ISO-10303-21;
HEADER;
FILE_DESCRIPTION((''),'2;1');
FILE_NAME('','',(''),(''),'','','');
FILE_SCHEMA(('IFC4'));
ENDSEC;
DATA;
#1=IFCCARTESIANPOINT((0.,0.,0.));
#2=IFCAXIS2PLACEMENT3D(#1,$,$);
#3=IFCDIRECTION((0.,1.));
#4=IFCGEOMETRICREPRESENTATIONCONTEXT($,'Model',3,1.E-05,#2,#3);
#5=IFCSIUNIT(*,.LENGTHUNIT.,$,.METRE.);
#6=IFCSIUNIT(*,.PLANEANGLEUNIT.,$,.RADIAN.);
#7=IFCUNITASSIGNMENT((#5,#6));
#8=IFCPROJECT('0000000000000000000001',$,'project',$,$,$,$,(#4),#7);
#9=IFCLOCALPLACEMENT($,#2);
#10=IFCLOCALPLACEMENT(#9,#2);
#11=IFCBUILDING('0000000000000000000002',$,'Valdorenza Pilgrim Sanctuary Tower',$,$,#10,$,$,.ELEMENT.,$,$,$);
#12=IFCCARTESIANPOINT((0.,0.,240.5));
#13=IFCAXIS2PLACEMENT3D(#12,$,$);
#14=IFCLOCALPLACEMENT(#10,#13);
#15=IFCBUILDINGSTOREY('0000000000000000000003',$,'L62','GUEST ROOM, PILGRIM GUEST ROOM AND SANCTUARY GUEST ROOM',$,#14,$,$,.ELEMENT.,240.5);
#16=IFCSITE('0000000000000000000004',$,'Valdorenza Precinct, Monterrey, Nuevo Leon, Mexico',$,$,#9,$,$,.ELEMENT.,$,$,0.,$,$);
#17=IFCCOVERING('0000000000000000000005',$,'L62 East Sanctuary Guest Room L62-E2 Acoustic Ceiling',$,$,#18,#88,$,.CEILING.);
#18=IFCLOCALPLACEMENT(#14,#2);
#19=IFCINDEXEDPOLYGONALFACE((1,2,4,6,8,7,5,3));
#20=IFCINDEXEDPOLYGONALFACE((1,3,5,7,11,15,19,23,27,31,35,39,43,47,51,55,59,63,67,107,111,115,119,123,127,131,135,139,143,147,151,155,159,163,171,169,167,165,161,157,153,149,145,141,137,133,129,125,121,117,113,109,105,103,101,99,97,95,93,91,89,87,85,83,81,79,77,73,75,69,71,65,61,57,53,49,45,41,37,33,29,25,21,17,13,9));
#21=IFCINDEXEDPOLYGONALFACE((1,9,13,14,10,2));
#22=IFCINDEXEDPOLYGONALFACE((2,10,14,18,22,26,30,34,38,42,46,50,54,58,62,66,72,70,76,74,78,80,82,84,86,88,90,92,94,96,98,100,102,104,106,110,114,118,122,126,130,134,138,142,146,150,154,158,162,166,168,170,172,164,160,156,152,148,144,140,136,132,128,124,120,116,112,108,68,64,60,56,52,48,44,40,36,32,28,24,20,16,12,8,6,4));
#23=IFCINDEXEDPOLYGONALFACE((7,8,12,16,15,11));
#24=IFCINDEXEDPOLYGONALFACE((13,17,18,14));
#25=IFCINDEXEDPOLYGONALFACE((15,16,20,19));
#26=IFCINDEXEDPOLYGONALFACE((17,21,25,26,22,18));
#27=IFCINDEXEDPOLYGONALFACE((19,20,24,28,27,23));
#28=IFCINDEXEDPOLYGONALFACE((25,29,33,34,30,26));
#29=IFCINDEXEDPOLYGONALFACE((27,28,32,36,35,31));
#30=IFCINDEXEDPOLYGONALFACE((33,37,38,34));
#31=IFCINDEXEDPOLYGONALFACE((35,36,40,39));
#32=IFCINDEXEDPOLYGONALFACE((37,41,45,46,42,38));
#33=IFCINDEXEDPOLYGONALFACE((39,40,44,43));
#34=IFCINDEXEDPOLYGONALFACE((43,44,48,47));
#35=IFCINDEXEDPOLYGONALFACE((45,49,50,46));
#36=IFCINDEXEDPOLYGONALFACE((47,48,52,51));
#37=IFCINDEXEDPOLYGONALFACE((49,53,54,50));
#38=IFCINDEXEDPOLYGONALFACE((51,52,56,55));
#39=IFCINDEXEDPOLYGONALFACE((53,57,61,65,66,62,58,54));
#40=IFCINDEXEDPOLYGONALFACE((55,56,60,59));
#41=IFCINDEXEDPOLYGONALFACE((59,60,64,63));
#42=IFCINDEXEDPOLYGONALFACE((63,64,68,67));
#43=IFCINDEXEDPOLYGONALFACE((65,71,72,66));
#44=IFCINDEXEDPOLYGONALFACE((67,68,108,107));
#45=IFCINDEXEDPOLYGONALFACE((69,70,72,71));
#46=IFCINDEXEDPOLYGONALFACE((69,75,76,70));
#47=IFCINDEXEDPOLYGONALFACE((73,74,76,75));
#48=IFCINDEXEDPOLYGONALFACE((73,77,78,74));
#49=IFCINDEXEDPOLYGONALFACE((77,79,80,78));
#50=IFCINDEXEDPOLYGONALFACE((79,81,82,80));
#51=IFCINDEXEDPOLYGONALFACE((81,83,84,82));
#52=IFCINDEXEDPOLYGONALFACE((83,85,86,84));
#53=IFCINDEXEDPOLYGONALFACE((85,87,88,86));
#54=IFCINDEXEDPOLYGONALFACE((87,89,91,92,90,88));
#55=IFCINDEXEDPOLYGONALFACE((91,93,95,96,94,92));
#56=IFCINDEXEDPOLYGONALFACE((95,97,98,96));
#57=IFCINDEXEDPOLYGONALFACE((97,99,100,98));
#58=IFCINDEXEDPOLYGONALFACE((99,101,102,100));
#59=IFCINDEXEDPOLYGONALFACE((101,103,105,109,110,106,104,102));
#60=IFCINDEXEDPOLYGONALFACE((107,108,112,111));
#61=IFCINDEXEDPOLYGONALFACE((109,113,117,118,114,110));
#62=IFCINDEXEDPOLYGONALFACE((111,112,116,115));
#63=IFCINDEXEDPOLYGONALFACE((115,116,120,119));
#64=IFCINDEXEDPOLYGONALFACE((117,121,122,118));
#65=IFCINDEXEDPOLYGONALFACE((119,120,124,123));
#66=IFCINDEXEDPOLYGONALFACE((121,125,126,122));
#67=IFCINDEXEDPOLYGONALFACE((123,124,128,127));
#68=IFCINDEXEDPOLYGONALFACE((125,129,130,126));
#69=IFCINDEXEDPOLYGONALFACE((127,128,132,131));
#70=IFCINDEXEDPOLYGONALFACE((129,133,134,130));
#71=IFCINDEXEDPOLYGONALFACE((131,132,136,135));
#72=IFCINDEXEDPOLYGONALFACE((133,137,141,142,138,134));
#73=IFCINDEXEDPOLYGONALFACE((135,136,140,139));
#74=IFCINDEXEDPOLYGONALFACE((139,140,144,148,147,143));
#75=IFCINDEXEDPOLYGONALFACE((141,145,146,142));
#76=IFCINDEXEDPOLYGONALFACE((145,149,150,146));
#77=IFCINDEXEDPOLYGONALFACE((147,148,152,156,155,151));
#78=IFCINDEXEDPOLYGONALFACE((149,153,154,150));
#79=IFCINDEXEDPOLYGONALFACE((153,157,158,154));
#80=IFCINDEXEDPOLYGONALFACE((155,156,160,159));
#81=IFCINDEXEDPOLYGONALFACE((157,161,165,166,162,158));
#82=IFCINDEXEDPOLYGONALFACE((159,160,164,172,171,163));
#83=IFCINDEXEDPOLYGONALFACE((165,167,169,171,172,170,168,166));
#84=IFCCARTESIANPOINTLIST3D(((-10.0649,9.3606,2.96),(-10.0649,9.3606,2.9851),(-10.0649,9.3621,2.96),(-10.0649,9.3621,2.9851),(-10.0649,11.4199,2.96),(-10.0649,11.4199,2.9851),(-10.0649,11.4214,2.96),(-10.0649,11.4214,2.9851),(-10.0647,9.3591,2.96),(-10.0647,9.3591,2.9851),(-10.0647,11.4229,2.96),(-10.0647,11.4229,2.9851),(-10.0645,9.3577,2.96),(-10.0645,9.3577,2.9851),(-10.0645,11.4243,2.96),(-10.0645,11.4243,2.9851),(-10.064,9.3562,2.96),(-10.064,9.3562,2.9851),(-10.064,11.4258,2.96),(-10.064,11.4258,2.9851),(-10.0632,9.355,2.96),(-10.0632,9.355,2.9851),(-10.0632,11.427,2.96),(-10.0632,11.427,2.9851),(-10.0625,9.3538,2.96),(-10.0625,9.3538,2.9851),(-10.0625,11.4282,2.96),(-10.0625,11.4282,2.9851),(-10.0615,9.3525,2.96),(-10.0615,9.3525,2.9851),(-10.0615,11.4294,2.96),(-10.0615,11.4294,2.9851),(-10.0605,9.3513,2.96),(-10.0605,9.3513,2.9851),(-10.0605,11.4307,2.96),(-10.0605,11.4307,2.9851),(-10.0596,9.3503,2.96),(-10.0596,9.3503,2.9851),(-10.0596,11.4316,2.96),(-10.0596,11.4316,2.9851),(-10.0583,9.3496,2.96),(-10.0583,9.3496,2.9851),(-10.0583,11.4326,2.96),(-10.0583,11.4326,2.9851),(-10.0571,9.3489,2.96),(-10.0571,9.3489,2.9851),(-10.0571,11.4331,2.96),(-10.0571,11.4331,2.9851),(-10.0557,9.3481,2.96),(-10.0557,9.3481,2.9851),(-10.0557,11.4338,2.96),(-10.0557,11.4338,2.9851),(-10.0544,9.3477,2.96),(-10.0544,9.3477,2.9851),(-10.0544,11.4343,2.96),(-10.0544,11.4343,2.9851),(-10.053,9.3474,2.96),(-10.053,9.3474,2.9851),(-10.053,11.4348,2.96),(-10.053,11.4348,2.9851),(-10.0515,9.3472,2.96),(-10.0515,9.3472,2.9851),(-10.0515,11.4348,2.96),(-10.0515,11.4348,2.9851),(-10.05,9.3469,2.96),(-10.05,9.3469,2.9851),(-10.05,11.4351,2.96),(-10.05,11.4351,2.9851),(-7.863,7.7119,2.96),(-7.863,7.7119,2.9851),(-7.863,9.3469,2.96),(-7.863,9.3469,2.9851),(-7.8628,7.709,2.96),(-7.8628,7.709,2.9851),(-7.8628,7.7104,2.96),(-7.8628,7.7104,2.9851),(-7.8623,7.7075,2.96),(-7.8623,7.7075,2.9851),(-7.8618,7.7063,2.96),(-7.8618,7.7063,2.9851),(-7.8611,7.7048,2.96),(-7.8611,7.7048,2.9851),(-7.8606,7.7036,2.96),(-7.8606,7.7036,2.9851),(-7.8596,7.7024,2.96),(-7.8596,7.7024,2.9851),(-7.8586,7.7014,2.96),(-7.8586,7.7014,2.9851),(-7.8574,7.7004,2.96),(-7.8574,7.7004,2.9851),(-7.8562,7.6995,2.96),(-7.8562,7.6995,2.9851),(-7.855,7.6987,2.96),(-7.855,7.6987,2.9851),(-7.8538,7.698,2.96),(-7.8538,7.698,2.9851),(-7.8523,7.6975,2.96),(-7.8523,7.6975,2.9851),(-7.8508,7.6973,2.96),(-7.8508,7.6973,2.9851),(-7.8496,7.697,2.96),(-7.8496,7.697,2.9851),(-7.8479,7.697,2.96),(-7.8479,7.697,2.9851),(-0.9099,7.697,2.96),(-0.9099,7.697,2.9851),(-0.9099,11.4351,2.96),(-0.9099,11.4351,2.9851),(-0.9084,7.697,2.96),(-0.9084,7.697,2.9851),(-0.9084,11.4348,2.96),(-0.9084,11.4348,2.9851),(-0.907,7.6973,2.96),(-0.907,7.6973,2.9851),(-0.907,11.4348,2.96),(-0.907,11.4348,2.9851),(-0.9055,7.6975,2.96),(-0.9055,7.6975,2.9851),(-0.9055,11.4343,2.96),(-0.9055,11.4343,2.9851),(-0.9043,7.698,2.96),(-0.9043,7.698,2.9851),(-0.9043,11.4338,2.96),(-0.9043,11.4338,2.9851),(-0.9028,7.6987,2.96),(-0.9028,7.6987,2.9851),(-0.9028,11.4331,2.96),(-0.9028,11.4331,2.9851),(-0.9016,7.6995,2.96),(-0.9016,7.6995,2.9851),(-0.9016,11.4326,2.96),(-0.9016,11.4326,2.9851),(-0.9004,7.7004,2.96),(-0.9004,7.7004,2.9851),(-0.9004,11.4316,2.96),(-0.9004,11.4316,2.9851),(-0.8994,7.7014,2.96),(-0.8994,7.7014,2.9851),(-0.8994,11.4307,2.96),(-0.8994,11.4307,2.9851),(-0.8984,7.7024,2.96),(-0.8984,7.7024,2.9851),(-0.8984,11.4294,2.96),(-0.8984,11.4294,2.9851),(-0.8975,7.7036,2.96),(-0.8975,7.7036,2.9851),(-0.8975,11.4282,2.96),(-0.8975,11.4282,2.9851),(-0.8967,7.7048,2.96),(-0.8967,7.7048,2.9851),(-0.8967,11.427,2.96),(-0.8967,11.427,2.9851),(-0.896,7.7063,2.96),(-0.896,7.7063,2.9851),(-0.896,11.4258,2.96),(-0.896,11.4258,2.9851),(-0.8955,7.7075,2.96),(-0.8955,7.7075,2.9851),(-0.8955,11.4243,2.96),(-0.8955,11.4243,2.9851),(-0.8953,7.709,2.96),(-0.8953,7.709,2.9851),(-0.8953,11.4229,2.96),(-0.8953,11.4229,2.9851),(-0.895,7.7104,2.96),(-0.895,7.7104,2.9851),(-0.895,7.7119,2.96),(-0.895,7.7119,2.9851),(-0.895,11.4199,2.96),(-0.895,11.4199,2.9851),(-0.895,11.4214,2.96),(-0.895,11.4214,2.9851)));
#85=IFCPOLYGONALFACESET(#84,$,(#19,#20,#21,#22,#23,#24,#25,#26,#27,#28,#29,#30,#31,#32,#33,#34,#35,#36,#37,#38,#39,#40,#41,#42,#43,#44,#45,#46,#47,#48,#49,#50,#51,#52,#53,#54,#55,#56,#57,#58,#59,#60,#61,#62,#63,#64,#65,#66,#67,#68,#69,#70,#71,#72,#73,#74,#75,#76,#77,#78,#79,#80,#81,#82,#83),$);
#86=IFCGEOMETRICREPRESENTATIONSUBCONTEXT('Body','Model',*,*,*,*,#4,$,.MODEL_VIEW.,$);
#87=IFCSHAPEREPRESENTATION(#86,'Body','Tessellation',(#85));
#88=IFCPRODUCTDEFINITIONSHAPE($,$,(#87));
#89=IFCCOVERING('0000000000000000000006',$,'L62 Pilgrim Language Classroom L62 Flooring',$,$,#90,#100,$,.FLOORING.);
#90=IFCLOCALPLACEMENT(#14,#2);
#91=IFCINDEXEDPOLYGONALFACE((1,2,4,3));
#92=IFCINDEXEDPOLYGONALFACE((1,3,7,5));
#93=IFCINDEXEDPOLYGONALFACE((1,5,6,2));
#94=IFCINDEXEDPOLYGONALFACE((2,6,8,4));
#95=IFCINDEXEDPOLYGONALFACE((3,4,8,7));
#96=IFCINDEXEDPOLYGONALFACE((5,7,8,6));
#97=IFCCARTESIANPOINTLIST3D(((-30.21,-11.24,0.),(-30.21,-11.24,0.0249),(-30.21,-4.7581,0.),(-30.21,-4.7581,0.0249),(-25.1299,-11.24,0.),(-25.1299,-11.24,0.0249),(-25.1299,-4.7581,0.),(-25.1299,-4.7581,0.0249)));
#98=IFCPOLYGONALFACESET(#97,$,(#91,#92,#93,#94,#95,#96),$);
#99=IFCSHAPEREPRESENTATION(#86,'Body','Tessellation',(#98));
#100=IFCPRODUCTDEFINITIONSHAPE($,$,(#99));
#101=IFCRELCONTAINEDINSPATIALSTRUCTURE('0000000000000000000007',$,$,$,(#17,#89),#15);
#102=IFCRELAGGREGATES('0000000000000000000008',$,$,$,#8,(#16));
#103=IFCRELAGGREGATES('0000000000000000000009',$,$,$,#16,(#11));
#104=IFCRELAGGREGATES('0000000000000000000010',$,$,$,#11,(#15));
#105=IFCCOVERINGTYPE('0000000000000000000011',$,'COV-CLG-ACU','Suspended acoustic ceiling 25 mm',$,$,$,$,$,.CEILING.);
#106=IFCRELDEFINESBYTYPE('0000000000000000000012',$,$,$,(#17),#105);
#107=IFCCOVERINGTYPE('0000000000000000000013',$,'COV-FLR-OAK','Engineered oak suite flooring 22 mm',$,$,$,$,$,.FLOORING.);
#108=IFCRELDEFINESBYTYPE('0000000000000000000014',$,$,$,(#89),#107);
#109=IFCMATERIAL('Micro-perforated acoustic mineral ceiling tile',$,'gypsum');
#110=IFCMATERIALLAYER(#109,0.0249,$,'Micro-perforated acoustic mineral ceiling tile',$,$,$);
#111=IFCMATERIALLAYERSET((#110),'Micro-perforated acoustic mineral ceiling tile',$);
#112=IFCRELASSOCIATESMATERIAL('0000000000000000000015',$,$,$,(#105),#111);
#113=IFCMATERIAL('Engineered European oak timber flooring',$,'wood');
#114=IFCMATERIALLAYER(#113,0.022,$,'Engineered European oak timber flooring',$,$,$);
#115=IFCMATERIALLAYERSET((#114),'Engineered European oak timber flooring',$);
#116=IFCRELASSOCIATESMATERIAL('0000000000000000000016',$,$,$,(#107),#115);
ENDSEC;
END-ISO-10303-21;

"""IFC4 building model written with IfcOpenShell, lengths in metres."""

from ifc_helpers import new_model, si_unit, direction, frame, origin, place, context, subcontext, project, spatial, polyline, outline, extrude, material, layer, layer_set, type_object, element, save


model = new_model("IFC4")

# Units and contexts
model_context = context("Model", 3, precision=1e-05, world=origin(), true_north=direction((0.0, 1.0)))
body_context = subcontext(model_context, "Body", "Model", "MODEL_VIEW")
ifc_project = project(units=[si_unit("LENGTHUNIT", "METRE"), si_unit("PLANEANGLEUNIT", "RADIAN")], contexts=[model_context])

# Site, building, storey
site_placement = place(None, origin())
site = spatial("IfcSite", under=ifc_project, at=site_placement, Name="Valdorenza Precinct, Monterrey, Nuevo Leon, Mexico", CompositionType="ELEMENT", RefElevation=0.0)
building_placement = place(site_placement, origin())
building = spatial("IfcBuilding", under=site, at=building_placement, Name="Valdorenza Pilgrim Sanctuary Tower", CompositionType="ELEMENT")
storey_placement = place(building_placement, frame((0.0, 0.0, 240.5)))
storey = spatial("IfcBuildingStorey", under=building, at=storey_placement, Name="L62", Description="GUEST ROOM, PILGRIM GUEST ROOM AND SANCTUARY GUEST ROOM", CompositionType="ELEMENT", Elevation=240.5)

# Coverings
ifc_material_1 = material(Name="Micro-perforated acoustic mineral ceiling tile", Category="gypsum")
ifc_layer_1 = layer(ifc_material_1, 0.0249, Name="Micro-perforated acoustic mineral ceiling tile")
ifc_layer_set_1 = layer_set([ifc_layer_1], Name="Micro-perforated acoustic mineral ceiling tile")
covering_type_1 = type_object("IfcCoveringType", Name="COV-CLG-ACU", Description="Suspended acoustic ceiling 25 mm", PredefinedType="CEILING", material=ifc_layer_set_1)
covering_1_placement = place(storey_placement, frame((0.0, 0.0, 2.96)))
element("IfcCovering", 1, at=covering_1_placement, inside=storey, type_object=covering_type_1, Name="L62 East Sanctuary Guest Room L62-E2 Acoustic Ceiling", PredefinedType="CEILING", context=body_context, shape_type="SweptSolid", body=[
    extrude(outline(polyline([(-7.863, 9.3469), (-10.05, 9.3469), (-10.0515, 9.3472), (-10.053, 9.3474), (-10.0544, 9.3477), (-10.0557, 9.3481), (-10.0571, 9.3489), (-10.0583, 9.3496), (-10.0596, 9.3503), (-10.0605, 9.3513), (-10.0615, 9.3525), (-10.0625, 9.3538), (-10.0632, 9.355), (-10.064, 9.3562), (-10.0645, 9.3577), (-10.0647, 9.3591), (-10.0649, 9.3606), (-10.0649, 9.3621), (-10.0649, 11.4199), (-10.0649, 11.4214), (-10.0647, 11.4229), (-10.0645, 11.4243), (-10.064, 11.4258), (-10.0632, 11.427), (-10.0625, 11.4282), (-10.0615, 11.4294), (-10.0605, 11.4307), (-10.0596, 11.4316), (-10.0583, 11.4326), (-10.0571, 11.4331), (-10.0557, 11.4338), (-10.0544, 11.4343), (-10.053, 11.4348), (-10.0515, 11.4348), (-10.05, 11.4351), (-0.9099, 11.4351), (-0.9084, 11.4348), (-0.907, 11.4348), (-0.9055, 11.4343), (-0.9043, 11.4338), (-0.9028, 11.4331), (-0.9016, 11.4326), (-0.9004, 11.4316), (-0.8994, 11.4307), (-0.8984, 11.4294), (-0.8975, 11.4282), (-0.8967, 11.427), (-0.896, 11.4258), (-0.8955, 11.4243), (-0.8953, 11.4229), (-0.895, 11.4214), (-0.895, 11.4199), (-0.895, 7.7119), (-0.895, 7.7104), (-0.8953, 7.709), (-0.8955, 7.7075), (-0.896, 7.7063), (-0.8967, 7.7048), (-0.8975, 7.7036), (-0.8984, 7.7024), (-0.8994, 7.7014), (-0.9004, 7.7004), (-0.9016, 7.6995), (-0.9028, 7.6987), (-0.9043, 7.698), (-0.9055, 7.6975), (-0.907, 7.6973), (-0.9084, 7.697), (-0.9099, 7.697), (-7.8479, 7.697), (-7.8496, 7.697), (-7.8508, 7.6973), (-7.8523, 7.6975), (-7.8538, 7.698), (-7.855, 7.6987), (-7.8562, 7.6995), (-7.8574, 7.7004), (-7.8586, 7.7014), (-7.8596, 7.7024), (-7.8606, 7.7036), (-7.8611, 7.7048), (-7.8618, 7.7063), (-7.8623, 7.7075), (-7.8628, 7.709), (-7.8628, 7.7104), (-7.863, 7.7119), (-7.863, 9.3469)])), origin(), (0.0, 0.0, 1.0), 0.0251),
])
ifc_material_2 = material(Name="Engineered European oak timber flooring", Category="wood")
ifc_layer_2 = layer(ifc_material_2, 0.022, Name="Engineered European oak timber flooring")
ifc_layer_set_2 = layer_set([ifc_layer_2], Name="Engineered European oak timber flooring")
covering_type_2 = type_object("IfcCoveringType", Name="COV-FLR-OAK", Description="Engineered oak suite flooring 22 mm", PredefinedType="FLOORING", material=ifc_layer_set_2)
covering_2_placement = place(storey_placement, origin())
element("IfcCovering", 2, at=covering_2_placement, inside=storey, type_object=covering_type_2, Name="L62 Pilgrim Language Classroom L62 Flooring", PredefinedType="FLOORING", context=body_context, shape_type="SweptSolid", body=[
    extrude(outline(polyline([(-25.1299, -11.24), (-30.21, -11.24), (-30.21, -4.7581), (-25.1299, -4.7581), (-25.1299, -11.24)])), origin(), (0.0, 0.0, 1.0), 0.0249),
])

save(model, "model.ifc")
